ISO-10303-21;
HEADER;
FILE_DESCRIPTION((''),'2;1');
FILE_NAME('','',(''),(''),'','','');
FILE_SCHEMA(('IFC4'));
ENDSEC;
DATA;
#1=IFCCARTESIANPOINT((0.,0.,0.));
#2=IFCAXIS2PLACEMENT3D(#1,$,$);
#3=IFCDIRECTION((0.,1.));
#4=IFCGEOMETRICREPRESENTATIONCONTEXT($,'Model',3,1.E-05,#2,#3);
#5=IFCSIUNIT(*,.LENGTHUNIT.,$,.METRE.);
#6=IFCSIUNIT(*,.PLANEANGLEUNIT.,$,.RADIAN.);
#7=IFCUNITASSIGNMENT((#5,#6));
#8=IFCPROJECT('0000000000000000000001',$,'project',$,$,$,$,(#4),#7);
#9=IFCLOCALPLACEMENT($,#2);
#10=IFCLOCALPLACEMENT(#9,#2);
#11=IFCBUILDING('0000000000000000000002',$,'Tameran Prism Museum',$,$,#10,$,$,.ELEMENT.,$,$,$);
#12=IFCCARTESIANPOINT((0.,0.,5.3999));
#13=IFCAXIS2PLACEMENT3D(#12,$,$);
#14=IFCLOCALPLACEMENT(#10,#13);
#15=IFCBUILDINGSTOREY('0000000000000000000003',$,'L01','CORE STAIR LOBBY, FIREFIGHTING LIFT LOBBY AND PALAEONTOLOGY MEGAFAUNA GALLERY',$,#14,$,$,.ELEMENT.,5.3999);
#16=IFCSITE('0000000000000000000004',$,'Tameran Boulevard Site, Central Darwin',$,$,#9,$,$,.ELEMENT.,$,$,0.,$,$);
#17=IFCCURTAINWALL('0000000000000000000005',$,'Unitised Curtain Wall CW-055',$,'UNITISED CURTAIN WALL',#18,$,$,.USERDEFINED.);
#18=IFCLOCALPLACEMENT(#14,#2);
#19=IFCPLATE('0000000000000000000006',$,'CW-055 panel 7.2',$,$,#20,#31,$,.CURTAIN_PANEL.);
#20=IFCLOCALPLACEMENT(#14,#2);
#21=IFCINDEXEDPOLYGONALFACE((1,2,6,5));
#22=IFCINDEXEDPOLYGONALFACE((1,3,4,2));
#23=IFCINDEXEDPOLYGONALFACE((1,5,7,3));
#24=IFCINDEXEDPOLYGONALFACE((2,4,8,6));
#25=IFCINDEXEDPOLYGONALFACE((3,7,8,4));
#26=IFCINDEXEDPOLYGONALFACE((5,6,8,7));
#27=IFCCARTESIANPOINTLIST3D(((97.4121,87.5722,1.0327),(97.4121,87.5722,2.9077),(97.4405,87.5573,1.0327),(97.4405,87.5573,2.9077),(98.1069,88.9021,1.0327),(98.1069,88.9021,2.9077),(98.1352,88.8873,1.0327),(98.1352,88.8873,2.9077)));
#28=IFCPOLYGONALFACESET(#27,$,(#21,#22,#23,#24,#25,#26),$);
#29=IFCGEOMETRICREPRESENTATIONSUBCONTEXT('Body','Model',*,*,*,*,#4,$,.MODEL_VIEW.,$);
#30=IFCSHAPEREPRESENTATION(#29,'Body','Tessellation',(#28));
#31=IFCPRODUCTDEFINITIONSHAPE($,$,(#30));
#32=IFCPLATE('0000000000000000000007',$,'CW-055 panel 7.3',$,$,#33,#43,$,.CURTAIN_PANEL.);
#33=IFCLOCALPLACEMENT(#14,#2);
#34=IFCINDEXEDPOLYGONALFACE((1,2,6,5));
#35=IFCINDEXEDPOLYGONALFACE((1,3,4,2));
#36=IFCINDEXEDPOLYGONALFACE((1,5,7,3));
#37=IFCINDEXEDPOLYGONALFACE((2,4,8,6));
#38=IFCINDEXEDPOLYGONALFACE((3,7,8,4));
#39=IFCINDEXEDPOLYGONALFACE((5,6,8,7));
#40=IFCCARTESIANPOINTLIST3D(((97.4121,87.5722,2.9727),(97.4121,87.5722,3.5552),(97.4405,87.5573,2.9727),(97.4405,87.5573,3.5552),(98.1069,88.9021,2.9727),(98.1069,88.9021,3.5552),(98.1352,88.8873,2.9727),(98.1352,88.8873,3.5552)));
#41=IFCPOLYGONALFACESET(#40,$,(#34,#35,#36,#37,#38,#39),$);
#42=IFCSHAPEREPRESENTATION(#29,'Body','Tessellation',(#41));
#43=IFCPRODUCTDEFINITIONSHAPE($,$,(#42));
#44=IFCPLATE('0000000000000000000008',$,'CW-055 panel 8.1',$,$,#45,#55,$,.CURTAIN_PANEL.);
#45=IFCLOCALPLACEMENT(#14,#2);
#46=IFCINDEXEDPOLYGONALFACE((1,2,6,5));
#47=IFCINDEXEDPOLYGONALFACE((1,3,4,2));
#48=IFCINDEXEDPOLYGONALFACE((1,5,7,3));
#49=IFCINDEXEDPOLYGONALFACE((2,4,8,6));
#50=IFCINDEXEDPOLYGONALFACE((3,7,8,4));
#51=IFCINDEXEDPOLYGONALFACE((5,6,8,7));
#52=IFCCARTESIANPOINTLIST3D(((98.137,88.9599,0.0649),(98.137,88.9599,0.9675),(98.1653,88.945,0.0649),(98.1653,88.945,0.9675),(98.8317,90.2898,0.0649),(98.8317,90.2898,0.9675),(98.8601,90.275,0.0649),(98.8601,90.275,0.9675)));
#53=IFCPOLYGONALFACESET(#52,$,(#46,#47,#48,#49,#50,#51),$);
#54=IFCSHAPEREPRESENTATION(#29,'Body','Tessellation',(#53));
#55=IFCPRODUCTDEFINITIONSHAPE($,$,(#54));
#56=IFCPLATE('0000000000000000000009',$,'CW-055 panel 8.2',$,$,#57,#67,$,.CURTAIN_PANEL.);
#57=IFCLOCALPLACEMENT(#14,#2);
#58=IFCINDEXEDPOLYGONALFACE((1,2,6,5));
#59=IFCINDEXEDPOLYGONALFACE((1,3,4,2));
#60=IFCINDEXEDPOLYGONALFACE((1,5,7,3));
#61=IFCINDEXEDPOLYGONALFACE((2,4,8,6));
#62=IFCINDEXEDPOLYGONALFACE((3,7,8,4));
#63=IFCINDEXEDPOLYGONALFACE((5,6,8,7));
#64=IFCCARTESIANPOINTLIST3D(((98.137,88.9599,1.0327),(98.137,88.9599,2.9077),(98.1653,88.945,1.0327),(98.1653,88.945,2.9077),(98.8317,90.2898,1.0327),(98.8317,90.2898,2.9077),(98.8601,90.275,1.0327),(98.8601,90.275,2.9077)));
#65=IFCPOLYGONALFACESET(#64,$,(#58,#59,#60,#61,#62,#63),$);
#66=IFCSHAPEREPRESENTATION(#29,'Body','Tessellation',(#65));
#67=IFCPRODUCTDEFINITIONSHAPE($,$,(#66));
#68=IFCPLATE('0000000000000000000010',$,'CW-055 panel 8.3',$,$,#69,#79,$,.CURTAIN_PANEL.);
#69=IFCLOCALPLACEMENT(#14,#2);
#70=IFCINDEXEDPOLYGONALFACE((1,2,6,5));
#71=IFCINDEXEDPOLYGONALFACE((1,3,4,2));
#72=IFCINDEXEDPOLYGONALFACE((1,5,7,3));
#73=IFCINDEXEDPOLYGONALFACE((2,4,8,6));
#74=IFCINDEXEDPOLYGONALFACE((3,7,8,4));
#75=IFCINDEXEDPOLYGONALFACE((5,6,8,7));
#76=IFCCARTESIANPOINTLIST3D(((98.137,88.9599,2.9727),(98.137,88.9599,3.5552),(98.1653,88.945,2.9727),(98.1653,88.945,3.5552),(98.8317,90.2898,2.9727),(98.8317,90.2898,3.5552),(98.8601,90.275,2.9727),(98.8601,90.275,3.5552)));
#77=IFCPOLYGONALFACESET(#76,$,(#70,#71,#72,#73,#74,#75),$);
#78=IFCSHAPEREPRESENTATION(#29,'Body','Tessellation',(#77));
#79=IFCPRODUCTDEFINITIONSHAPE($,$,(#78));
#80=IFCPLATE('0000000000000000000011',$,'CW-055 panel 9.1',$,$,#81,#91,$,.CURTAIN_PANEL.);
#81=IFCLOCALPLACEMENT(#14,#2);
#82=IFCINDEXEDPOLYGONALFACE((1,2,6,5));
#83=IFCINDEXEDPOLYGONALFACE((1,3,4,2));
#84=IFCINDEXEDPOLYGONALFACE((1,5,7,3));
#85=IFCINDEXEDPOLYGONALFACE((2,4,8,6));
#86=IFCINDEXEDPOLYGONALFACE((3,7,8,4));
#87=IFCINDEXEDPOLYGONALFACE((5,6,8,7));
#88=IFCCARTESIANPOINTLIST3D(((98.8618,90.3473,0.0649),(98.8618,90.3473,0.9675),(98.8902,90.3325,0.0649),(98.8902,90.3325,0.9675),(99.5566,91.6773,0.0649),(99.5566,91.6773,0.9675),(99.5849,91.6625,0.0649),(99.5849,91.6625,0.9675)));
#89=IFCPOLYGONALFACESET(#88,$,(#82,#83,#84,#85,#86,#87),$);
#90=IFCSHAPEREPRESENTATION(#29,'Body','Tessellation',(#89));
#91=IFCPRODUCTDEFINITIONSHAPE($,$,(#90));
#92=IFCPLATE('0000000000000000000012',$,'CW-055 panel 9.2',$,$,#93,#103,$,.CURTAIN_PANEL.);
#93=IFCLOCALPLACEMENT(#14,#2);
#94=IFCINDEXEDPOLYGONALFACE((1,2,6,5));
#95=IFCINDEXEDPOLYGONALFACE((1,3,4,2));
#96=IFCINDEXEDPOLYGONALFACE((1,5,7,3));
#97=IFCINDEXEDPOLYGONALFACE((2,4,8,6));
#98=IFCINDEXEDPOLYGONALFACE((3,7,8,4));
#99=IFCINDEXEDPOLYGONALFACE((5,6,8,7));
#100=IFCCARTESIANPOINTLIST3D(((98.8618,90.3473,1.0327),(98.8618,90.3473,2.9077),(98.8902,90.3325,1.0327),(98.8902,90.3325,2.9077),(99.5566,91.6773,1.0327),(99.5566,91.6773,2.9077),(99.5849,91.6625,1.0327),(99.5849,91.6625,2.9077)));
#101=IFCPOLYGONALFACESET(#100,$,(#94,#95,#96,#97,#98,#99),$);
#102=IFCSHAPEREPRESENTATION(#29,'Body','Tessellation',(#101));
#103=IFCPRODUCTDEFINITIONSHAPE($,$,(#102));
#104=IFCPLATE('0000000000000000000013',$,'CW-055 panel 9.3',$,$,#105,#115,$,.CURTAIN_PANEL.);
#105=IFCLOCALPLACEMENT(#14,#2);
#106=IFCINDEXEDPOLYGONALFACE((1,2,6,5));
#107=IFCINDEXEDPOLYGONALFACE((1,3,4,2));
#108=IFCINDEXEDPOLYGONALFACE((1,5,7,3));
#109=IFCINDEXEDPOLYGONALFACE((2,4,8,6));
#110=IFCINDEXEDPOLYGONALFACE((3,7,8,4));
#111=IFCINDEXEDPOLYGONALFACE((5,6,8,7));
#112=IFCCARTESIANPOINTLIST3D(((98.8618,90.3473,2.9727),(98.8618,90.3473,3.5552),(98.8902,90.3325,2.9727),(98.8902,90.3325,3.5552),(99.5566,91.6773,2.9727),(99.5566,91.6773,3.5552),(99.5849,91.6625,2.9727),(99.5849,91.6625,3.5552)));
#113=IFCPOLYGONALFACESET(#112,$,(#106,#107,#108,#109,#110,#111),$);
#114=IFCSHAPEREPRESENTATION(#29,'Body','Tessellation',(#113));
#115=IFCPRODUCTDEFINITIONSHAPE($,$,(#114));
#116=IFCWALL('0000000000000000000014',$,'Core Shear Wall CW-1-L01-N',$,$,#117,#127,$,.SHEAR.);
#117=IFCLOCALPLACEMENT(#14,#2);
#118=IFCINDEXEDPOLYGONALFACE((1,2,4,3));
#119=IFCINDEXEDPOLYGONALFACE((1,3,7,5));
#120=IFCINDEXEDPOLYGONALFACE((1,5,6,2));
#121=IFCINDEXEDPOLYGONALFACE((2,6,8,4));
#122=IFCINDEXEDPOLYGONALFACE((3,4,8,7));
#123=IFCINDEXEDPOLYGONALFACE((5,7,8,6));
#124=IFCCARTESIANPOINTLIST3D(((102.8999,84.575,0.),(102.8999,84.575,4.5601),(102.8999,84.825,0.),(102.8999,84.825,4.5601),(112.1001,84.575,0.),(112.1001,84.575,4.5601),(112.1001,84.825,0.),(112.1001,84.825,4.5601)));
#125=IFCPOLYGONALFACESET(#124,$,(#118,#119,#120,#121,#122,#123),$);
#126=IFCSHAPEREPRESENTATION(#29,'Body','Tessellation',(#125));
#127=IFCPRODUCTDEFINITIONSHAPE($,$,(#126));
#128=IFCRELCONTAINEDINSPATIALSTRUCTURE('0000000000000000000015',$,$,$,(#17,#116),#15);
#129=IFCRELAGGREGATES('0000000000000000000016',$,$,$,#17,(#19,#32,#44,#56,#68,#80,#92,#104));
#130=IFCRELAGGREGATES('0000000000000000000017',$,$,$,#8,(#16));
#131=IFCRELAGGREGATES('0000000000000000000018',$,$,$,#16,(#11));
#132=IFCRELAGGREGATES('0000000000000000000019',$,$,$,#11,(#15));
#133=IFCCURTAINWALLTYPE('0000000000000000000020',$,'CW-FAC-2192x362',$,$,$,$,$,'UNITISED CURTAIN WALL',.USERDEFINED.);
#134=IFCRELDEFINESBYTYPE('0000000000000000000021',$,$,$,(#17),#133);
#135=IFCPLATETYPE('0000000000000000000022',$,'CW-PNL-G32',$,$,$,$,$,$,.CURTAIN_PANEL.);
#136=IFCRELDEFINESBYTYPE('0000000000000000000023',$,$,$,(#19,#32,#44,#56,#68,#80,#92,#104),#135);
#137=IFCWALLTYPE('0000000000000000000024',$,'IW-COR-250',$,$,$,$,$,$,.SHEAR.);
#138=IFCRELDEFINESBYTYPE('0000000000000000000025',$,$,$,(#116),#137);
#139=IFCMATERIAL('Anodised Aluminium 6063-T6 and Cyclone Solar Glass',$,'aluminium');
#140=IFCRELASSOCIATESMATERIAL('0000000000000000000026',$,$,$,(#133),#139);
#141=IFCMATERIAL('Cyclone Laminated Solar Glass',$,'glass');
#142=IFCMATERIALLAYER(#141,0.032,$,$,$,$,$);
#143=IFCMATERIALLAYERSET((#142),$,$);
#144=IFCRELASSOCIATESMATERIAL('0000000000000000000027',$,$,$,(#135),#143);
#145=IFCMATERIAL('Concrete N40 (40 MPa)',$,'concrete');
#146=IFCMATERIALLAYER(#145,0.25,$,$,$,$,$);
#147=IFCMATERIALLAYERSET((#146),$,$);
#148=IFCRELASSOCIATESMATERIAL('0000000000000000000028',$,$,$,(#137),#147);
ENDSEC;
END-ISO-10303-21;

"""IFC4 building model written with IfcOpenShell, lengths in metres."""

from ifc_helpers import new_model, si_unit, direction, frame, frame_2d, origin, origin_2d, place, context, subcontext, project, spatial, rectangle, extrude, material, layer, layer_set, type_object, element, aggregate, save


model = new_model("IFC4")

# Units and contexts
model_context = context("Model", 3, precision=1e-05, world=origin(), true_north=direction((0.0, 1.0)))
body_context = subcontext(model_context, "Body", "Model", "MODEL_VIEW")
ifc_project = project(units=[si_unit("LENGTHUNIT", "METRE"), si_unit("PLANEANGLEUNIT", "RADIAN")], contexts=[model_context])

# Site, building, storey
site_placement = place(None, origin())
site = spatial("IfcSite", under=ifc_project, at=site_placement, Name="Tameran Boulevard Site, Central Darwin", CompositionType="ELEMENT", RefElevation=0.0)
building_placement = place(site_placement, origin())
building = spatial("IfcBuilding", under=site, at=building_placement, Name="Tameran Prism Museum", CompositionType="ELEMENT")
storey_placement = place(building_placement, frame((0.0, 0.0, 5.3999)))
storey = spatial("IfcBuildingStorey", under=building, at=storey_placement, Name="L01", Description="CORE STAIR LOBBY, FIREFIGHTING LIFT LOBBY AND PALAEONTOLOGY MEGAFAUNA GALLERY", CompositionType="ELEMENT", Elevation=5.3999)

# Curtain wall, plates
ifc_material_1 = material(Name="Anodised Aluminium 6063-T6 and Cyclone Solar Glass", Category="aluminium")
curtain_wall_type = type_object("IfcCurtainWallType", Name="CW-FAC-2192x362", ElementType="UNITISED CURTAIN WALL", PredefinedType="USERDEFINED", material=ifc_material_1)
curtain_wall_placement = place(storey_placement, origin())
curtain_wall = element("IfcCurtainWall", 1, at=curtain_wall_placement, inside=storey, type_object=curtain_wall_type, Name="Unitised Curtain Wall CW-055", ObjectType="UNITISED CURTAIN WALL", PredefinedType="USERDEFINED")
ifc_material_2 = material(Name="Cyclone Laminated Solar Glass", Category="glass")
ifc_layer_1 = layer(ifc_material_2, 0.032)
ifc_layer_set_1 = layer_set([ifc_layer_1])
plate_type = type_object("IfcPlateType", Name="CW-PNL-G32", PredefinedType="CURTAIN_PANEL", material=ifc_layer_set_1)
plate_1_placement = place(storey_placement, frame((97.7737, 88.2297, 1.0327), z_axis=(0.0, 0.0, 1.0), x_axis=(0.463003, 0.886357, 0.0)))
plate_1 = element("IfcPlate", 2, at=plate_1_placement, type_object=plate_type, Name="CW-055 panel 7.2", PredefinedType="CURTAIN_PANEL", context=body_context, shape_type="SweptSolid", body=[
    extrude(rectangle(XDim=1.5005, YDim=0.032, at=origin_2d()), origin(), (0.0, 0.0, 1.0), 1.875),
])
plate_2_placement = place(storey_placement, frame((97.7737, 88.2297, 2.9727), z_axis=(0.0, 0.0, 1.0), x_axis=(0.463003, 0.886357, 0.0)))
plate_2 = element("IfcPlate", 3, at=plate_2_placement, type_object=plate_type, Name="CW-055 panel 7.3", PredefinedType="CURTAIN_PANEL", context=body_context, shape_type="SweptSolid", body=[
    extrude(rectangle(XDim=1.5005, YDim=0.032, at=origin_2d()), origin(), (0.0, 0.0, 1.0), 0.5825),
])
plate_3_placement = place(storey_placement, frame((98.4985, 89.6174, 0.0649), z_axis=(0.0, 0.0, 1.0), x_axis=(0.463003, 0.886357, 0.0)))
plate_3 = element("IfcPlate", 4, at=plate_3_placement, type_object=plate_type, Name="CW-055 panel 8.1", PredefinedType="CURTAIN_PANEL", context=body_context, shape_type="SweptSolid", body=[
    extrude(rectangle(XDim=1.5005, YDim=0.032, at=origin_2d()), origin(), (0.0, 0.0, 1.0), 0.9026),
])
plate_4_placement = place(storey_placement, frame((98.4985, 89.6174, 1.0327), z_axis=(0.0, 0.0, 1.0), x_axis=(0.463003, 0.886357, 0.0)))
plate_4 = element("IfcPlate", 5, at=plate_4_placement, type_object=plate_type, Name="CW-055 panel 8.2", PredefinedType="CURTAIN_PANEL", context=body_context, shape_type="SweptSolid", body=[
    extrude(rectangle(XDim=1.5005, YDim=0.032, at=origin_2d()), origin(), (0.0, 0.0, 1.0), 1.875),
])
plate_5_placement = place(storey_placement, frame((98.4985, 89.6174, 2.9727), z_axis=(0.0, 0.0, 1.0), x_axis=(0.463003, 0.886357, 0.0)))
plate_5 = element("IfcPlate", 6, at=plate_5_placement, type_object=plate_type, Name="CW-055 panel 8.3", PredefinedType="CURTAIN_PANEL", context=body_context, shape_type="SweptSolid", body=[
    extrude(rectangle(XDim=1.5005, YDim=0.032, at=origin_2d()), origin(), (0.0, 0.0, 1.0), 0.5825),
])
plate_6_placement = place(storey_placement, frame((99.2234, 91.0049, 0.0649), z_axis=(0.0, 0.0, 1.0), x_axis=(0.463003, 0.886357, 0.0)))
plate_6 = element("IfcPlate", 7, at=plate_6_placement, type_object=plate_type, Name="CW-055 panel 9.1", PredefinedType="CURTAIN_PANEL", context=body_context, shape_type="SweptSolid", body=[
    extrude(rectangle(XDim=1.5005, YDim=0.032, at=origin_2d()), origin(), (0.0, 0.0, 1.0), 0.9026),
])
plate_7_placement = place(storey_placement, frame((99.2234, 91.0049, 1.0327), z_axis=(0.0, 0.0, 1.0), x_axis=(0.463003, 0.886357, 0.0)))
plate_7 = element("IfcPlate", 8, at=plate_7_placement, type_object=plate_type, Name="CW-055 panel 9.2", PredefinedType="CURTAIN_PANEL", context=body_context, shape_type="SweptSolid", body=[
    extrude(rectangle(XDim=1.5005, YDim=0.032, at=origin_2d()), origin(), (0.0, 0.0, 1.0), 1.875),
])
plate_8_placement = place(storey_placement, frame((99.2234, 91.0049, 2.9727), z_axis=(0.0, 0.0, 1.0), x_axis=(0.463003, 0.886357, 0.0)))
plate_8 = element("IfcPlate", 9, at=plate_8_placement, type_object=plate_type, Name="CW-055 panel 9.3", PredefinedType="CURTAIN_PANEL", context=body_context, shape_type="SweptSolid", body=[
    extrude(rectangle(XDim=1.5005, YDim=0.032, at=origin_2d()), origin(), (0.0, 0.0, 1.0), 0.5825),
])
aggregate(curtain_wall, [plate_1, plate_2, plate_3, plate_4, plate_5, plate_6, plate_7, plate_8])

# Wall
ifc_material_3 = material(Name="Concrete N40 (40 MPa)", Category="concrete")
ifc_layer_2 = layer(ifc_material_3, 0.25)
ifc_layer_set_2 = layer_set([ifc_layer_2])
wall_type = type_object("IfcWallType", Name="IW-COR-250", PredefinedType="SHEAR", material=ifc_layer_set_2)
wall_placement = place(storey_placement, frame((102.8999, 84.7, 0.0), z_axis=(0.0, 0.0, 1.0), x_axis=(1.0, 0.0, 0.0)))
element("IfcWall", 10, at=wall_placement, inside=storey, type_object=wall_type, Name="Core Shear Wall CW-1-L01-N", PredefinedType="SHEAR", context=body_context, shape_type="SweptSolid", body=[
    extrude(rectangle(XDim=9.2002, YDim=0.25, at=frame_2d((4.6001, 0.0))), origin(), (0.0, 0.0, 1.0), 4.5601),
])

save(model, "model.ifc")
